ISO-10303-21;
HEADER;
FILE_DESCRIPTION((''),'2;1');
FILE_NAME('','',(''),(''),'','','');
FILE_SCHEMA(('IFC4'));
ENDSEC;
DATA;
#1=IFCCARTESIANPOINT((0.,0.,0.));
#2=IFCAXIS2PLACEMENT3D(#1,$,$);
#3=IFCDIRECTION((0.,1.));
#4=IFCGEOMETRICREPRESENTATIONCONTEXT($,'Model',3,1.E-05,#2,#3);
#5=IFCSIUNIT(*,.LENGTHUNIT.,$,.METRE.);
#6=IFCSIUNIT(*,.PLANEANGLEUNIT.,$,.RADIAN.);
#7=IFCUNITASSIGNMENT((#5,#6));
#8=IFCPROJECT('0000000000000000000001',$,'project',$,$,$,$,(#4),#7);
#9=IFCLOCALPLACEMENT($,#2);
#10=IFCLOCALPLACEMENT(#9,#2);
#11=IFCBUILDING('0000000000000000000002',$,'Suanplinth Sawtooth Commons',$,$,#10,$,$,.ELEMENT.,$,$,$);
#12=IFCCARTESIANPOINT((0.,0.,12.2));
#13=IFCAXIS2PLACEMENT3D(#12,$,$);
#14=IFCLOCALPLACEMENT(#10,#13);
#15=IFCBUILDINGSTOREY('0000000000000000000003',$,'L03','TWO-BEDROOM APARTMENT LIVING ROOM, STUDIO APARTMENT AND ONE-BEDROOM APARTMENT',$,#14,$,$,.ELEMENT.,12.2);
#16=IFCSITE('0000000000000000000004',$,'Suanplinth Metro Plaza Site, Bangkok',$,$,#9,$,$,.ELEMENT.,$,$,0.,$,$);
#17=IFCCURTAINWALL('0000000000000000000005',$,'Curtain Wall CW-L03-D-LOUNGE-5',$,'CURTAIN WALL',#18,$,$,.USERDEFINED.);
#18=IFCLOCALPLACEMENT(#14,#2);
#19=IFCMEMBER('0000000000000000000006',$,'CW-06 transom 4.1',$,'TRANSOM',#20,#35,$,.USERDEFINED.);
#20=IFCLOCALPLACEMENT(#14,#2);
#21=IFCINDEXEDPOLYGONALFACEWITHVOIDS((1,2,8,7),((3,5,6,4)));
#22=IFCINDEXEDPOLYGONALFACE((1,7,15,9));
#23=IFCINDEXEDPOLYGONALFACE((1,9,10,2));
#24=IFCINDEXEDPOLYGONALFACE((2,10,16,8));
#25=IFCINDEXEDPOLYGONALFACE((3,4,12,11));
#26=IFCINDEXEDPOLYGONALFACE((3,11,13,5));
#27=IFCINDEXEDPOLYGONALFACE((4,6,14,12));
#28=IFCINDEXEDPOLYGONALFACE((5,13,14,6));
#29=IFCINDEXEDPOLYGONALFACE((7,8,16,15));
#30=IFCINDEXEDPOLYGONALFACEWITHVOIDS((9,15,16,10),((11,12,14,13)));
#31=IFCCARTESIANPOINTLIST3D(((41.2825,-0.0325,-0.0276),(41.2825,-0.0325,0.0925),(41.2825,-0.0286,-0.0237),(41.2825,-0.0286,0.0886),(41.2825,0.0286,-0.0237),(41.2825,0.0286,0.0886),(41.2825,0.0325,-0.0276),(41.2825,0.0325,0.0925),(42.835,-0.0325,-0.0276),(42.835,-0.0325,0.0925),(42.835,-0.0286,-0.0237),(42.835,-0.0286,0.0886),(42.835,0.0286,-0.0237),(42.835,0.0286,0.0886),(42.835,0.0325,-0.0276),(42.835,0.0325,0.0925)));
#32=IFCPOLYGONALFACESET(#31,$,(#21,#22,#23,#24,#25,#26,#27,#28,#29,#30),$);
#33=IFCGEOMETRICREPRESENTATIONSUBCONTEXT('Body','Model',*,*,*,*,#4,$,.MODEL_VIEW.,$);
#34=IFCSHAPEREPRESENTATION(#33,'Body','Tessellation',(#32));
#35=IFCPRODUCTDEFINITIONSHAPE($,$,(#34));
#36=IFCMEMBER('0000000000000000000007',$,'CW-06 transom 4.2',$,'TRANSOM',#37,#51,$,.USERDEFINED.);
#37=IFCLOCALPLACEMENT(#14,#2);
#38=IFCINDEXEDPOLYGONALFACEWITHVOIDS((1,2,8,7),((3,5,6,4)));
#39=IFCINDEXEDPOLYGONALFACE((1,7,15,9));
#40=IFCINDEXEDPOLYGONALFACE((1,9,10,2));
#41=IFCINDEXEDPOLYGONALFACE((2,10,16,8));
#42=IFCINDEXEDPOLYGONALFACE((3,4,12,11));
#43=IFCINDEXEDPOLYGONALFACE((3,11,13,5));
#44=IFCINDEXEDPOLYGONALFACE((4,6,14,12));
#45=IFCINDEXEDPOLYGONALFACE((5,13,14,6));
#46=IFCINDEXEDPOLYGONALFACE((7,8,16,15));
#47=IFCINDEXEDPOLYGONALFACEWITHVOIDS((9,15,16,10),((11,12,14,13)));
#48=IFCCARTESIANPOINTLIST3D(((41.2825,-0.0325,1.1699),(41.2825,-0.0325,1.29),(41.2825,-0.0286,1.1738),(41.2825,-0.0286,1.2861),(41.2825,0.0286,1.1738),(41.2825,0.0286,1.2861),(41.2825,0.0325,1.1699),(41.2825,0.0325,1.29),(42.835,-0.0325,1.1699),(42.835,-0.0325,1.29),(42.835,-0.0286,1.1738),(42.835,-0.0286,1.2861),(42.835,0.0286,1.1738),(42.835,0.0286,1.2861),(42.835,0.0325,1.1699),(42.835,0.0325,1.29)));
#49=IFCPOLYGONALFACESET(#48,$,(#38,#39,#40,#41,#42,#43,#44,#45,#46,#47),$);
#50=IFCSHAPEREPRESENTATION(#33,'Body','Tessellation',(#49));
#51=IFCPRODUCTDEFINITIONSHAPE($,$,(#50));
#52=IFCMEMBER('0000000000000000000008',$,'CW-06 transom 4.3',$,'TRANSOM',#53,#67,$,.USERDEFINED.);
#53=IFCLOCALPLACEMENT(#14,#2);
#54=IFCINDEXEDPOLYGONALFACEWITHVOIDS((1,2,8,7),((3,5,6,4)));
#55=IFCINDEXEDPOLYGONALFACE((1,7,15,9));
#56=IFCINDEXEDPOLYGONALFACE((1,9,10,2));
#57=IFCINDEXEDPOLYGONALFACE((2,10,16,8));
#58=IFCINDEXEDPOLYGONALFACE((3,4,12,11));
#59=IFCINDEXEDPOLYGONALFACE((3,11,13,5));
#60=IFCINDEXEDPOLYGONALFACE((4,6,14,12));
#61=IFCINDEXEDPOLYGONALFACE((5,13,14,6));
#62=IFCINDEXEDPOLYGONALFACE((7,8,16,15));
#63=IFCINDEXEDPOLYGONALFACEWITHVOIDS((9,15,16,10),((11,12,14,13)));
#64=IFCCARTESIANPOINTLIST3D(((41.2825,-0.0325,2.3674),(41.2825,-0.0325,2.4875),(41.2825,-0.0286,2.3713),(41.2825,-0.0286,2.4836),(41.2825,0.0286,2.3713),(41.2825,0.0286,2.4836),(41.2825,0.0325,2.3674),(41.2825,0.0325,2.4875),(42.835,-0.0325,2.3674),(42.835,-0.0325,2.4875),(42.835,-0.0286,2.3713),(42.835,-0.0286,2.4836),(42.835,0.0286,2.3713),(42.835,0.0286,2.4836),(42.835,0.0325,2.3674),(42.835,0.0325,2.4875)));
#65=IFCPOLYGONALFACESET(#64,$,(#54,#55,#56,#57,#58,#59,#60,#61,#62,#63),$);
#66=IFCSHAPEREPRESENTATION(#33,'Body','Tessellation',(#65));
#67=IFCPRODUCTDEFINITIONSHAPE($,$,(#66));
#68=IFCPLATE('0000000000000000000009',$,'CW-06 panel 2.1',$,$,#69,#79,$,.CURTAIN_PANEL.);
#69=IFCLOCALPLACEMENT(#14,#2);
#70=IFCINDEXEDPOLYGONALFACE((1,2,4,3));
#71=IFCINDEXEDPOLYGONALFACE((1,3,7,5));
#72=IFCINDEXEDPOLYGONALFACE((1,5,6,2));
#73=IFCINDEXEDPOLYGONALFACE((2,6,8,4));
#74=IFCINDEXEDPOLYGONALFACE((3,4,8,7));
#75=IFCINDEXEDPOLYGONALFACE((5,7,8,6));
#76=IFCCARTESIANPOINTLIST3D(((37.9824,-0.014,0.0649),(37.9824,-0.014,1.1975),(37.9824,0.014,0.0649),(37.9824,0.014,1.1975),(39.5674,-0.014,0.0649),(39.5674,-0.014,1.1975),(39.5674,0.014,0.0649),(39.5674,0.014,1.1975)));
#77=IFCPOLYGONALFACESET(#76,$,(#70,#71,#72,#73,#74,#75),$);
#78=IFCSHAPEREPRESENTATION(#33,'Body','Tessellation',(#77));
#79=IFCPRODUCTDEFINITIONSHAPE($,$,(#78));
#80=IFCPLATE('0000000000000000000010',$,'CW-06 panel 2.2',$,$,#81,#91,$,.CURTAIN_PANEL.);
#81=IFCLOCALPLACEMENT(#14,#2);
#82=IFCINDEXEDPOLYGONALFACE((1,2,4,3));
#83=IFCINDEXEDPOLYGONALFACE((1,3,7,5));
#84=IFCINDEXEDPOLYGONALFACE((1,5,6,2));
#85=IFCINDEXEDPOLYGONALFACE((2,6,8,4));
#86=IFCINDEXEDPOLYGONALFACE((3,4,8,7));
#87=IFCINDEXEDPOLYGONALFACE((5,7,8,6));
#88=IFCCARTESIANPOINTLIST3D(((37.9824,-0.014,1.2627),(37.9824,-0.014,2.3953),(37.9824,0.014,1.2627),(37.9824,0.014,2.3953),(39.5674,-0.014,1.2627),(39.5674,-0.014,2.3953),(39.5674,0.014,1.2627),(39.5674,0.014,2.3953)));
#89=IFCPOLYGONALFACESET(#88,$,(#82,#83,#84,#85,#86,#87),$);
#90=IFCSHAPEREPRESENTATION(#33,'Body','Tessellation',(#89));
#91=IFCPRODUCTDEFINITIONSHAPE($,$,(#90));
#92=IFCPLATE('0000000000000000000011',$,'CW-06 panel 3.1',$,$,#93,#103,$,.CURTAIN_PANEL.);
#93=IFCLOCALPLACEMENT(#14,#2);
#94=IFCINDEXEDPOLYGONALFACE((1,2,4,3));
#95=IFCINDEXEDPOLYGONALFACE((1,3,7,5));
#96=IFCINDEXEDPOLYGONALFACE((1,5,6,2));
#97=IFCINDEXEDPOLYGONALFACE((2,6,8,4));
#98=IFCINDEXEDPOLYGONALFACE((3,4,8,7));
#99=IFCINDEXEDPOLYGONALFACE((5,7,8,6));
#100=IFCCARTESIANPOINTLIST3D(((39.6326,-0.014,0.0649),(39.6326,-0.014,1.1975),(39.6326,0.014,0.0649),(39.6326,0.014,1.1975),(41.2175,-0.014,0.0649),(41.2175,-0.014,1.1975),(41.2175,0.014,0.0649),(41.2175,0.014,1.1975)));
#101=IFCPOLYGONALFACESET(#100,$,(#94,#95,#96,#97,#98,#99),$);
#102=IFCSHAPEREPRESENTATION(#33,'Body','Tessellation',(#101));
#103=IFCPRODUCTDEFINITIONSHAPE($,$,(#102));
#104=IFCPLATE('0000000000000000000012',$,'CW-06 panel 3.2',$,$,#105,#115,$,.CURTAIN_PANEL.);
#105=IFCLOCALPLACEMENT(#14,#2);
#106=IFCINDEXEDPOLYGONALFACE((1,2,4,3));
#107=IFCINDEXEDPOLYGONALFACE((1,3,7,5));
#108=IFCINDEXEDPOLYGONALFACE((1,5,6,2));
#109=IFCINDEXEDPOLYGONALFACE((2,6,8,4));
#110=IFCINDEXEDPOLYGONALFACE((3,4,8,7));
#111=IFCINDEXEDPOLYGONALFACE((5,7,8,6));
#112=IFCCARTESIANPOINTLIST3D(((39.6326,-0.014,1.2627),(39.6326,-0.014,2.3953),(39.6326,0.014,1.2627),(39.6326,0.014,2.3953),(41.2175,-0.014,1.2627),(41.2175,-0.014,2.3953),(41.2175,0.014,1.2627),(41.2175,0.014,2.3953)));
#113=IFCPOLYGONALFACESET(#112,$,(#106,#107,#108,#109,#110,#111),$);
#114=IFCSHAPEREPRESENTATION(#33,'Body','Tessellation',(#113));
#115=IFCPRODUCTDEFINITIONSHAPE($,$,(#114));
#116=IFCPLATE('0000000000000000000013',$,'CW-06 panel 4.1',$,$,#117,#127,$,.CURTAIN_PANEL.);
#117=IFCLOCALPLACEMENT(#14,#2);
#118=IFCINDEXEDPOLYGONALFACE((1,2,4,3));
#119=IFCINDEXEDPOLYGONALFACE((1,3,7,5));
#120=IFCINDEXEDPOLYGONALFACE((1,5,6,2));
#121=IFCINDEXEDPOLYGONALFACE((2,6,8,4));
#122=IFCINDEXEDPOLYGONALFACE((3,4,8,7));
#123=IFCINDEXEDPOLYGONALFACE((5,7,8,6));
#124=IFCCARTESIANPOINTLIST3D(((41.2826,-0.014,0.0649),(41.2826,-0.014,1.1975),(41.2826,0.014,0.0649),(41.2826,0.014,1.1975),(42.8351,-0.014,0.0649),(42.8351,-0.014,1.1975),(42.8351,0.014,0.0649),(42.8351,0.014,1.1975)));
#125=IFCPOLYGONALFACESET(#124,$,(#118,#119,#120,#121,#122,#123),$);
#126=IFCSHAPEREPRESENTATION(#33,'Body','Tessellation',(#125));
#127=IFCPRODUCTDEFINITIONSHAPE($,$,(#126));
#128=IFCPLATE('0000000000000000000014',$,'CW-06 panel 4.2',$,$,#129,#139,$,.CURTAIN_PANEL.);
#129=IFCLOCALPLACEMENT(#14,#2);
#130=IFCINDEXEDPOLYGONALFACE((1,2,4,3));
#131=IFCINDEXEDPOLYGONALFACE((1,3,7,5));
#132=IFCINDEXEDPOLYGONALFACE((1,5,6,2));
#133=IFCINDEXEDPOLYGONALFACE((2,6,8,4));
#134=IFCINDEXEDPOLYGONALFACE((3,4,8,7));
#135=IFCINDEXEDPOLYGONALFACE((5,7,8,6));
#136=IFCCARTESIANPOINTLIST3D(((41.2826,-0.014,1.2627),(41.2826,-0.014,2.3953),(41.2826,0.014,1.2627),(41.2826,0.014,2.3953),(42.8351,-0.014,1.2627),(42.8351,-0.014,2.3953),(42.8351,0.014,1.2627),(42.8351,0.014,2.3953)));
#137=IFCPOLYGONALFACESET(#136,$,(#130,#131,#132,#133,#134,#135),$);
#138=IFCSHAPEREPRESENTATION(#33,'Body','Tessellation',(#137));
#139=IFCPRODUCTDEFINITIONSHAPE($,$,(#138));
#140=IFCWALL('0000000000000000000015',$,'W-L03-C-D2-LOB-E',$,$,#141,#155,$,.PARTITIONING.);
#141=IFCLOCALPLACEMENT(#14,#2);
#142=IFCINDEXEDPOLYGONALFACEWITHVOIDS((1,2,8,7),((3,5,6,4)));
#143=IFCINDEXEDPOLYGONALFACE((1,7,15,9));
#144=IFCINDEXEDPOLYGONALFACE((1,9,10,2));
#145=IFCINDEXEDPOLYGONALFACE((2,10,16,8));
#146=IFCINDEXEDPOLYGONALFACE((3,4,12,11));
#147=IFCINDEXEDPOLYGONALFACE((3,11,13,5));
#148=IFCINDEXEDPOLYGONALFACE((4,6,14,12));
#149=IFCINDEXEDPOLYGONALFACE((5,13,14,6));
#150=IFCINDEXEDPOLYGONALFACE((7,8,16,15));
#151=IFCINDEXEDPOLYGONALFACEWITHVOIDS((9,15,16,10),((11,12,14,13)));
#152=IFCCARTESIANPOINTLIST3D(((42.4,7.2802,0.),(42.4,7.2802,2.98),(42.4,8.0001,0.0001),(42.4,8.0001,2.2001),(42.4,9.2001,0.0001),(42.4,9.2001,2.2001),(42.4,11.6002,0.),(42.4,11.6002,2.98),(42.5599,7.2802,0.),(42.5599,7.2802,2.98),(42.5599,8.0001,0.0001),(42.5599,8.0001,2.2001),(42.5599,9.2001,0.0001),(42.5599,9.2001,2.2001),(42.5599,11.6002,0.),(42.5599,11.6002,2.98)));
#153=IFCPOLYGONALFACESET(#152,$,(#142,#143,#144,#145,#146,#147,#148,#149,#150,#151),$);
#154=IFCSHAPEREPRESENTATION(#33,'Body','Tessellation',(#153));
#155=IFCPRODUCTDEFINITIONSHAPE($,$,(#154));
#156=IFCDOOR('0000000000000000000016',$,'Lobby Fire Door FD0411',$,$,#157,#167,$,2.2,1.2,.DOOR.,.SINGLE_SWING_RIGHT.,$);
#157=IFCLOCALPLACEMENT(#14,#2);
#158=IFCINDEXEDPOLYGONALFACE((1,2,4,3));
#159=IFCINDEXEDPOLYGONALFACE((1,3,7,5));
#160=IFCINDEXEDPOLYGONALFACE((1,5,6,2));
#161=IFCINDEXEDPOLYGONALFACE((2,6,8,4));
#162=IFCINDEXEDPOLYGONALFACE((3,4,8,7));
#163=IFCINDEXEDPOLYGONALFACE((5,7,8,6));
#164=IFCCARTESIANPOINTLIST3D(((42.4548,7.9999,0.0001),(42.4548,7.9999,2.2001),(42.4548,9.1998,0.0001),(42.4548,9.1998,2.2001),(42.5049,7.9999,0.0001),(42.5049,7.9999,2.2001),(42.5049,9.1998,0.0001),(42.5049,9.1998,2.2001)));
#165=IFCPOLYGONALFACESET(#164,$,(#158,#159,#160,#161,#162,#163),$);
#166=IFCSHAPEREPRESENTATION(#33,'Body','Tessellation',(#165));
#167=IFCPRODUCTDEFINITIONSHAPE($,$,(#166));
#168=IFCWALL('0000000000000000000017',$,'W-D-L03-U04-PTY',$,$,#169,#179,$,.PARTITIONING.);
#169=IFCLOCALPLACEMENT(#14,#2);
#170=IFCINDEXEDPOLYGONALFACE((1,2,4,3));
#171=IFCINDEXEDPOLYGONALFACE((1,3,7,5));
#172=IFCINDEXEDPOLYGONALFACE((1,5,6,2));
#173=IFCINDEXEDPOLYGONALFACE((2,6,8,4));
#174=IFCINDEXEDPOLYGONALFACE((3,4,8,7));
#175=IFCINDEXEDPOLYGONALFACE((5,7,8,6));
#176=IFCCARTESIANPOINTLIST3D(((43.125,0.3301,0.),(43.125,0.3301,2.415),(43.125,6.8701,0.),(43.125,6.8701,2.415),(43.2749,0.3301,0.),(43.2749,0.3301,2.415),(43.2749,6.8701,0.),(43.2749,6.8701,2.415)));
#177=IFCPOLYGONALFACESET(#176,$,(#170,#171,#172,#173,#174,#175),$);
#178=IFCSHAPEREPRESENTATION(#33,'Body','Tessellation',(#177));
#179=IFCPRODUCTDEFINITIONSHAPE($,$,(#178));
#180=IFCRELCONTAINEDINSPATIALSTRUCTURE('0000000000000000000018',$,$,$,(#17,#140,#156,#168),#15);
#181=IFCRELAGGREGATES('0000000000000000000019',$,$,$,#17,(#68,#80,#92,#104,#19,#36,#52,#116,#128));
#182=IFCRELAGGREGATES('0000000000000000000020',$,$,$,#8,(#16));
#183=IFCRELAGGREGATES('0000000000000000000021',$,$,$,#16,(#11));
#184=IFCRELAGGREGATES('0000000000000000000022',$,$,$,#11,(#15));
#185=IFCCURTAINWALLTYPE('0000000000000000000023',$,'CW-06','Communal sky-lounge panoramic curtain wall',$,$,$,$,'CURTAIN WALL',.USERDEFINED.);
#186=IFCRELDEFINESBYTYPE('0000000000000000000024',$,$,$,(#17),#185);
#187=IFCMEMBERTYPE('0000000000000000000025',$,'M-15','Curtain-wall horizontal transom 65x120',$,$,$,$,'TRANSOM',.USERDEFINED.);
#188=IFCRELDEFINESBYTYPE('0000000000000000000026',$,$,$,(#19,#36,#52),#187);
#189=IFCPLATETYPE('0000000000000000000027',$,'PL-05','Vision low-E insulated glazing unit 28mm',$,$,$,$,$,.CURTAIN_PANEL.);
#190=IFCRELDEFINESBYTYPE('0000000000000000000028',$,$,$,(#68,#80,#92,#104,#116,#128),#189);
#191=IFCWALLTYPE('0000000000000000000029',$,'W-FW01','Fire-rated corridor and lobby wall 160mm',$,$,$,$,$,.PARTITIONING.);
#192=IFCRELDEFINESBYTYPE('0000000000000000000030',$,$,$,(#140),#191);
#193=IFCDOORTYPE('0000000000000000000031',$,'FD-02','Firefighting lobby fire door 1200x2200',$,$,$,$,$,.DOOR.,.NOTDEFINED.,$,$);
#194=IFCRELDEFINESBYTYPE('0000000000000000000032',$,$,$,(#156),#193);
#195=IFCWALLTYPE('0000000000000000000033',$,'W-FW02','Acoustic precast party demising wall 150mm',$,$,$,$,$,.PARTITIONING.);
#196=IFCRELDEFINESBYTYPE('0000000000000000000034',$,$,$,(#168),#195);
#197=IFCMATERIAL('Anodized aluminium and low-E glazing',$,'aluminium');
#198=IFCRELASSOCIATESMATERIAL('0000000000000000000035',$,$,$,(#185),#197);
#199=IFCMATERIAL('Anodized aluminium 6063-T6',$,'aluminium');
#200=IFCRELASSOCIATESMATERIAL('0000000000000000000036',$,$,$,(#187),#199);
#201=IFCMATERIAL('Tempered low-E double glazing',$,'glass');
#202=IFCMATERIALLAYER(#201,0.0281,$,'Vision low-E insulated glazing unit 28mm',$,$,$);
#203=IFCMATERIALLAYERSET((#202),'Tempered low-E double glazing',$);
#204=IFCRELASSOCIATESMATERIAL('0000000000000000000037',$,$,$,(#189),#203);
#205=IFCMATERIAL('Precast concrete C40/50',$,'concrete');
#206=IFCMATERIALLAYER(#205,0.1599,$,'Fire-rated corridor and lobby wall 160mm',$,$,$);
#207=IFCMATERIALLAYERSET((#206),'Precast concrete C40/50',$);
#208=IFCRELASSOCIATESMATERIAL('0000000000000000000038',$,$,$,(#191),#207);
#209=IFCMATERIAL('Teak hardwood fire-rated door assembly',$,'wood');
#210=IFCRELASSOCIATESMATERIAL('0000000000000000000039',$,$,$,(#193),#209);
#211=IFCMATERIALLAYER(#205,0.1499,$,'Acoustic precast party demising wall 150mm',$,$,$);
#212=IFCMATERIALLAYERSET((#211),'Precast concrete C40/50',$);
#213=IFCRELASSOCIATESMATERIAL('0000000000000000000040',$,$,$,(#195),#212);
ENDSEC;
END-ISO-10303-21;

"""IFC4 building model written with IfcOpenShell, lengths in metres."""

from ifc_helpers import new_model, si_unit, direction, frame, frame_2d, origin, origin_2d, place, context, subcontext, project, spatial, rectangle, hollow_rectangle, extrude, material, layer, layer_set, material_profile, profile_set, type_object, element, fill, aggregate, save


model = new_model("IFC4")

# Units and contexts
model_context = context("Model", 3, precision=1e-05, world=origin(), true_north=direction((0.0, 1.0)))
body_context = subcontext(model_context, "Body", "Model", "MODEL_VIEW")
ifc_project = project(units=[si_unit("LENGTHUNIT", "METRE"), si_unit("PLANEANGLEUNIT", "RADIAN")], contexts=[model_context])

# Site, building, storey
site_placement = place(None, origin())
site = spatial("IfcSite", under=ifc_project, at=site_placement, Name="Suanplinth Metro Plaza Site, Bangkok", CompositionType="ELEMENT", RefElevation=0.0)
building_placement = place(site_placement, origin())
building = spatial("IfcBuilding", under=site, at=building_placement, Name="Suanplinth Sawtooth Commons", CompositionType="ELEMENT")
storey_placement = place(building_placement, frame((0.0, 0.0, 12.2)))
storey = spatial("IfcBuildingStorey", under=building, at=storey_placement, Name="L03", Description="TWO-BEDROOM APARTMENT LIVING ROOM, STUDIO APARTMENT AND ONE-BEDROOM APARTMENT", CompositionType="ELEMENT", Elevation=12.2)

# Shared definitions
ifc_material_1 = material(Name="Precast concrete C40/50", Category="concrete")

# Curtain wall, members, plates
ifc_material_2 = material(Name="Anodized aluminium and low-E glazing", Category="aluminium")
curtain_wall_type = type_object("IfcCurtainWallType", Name="CW-06", Description="Communal sky-lounge panoramic curtain wall", ElementType="CURTAIN WALL", PredefinedType="USERDEFINED", material=ifc_material_2)
curtain_wall_placement = place(storey_placement, origin())
curtain_wall = element("IfcCurtainWall", 1, at=curtain_wall_placement, inside=storey, type_object=curtain_wall_type, Name="Curtain Wall CW-L03-D-LOUNGE-5", ObjectType="CURTAIN WALL", PredefinedType="USERDEFINED")
ifc_material_3 = material(Name="Anodized aluminium 6063-T6", Category="aluminium")
ifc_material_profile_1 = material_profile(ifc_material_3, hollow_rectangle(XDim=0.0649, YDim=0.1201, WallThickness=0.0039, at=origin_2d()), Name="ALU-TRN 65x120")
ifc_profile_set_1 = profile_set([ifc_material_profile_1], Name="Anodized aluminium 6063-T6")
member_type_1 = type_object("IfcMemberType", Name="M-15", Description="Curtain-wall horizontal transom 65x120", ElementType="TRANSOM", PredefinedType="USERDEFINED", material=ifc_profile_set_1)
member_1_placement = place(storey_placement, frame((41.2825, 0.0, 0.0325), z_axis=(1.0, 0.0, 0.0), x_axis=(0.0, 1.0, 0.0)))
member_1 = element("IfcMember", 2, at=member_1_placement, type_object=member_type_1, Name="CW-06 transom 4.1", ObjectType="TRANSOM", PredefinedType="USERDEFINED", context=body_context, shape_type="SweptSolid", body=[
    extrude(hollow_rectangle(XDim=0.0649, YDim=0.1201, WallThickness=0.0039, at=origin_2d()), origin(), (0.0, 0.0, 1.0), 1.5525),
])
member_2_placement = place(storey_placement, frame((41.2825, 0.0, 1.23), z_axis=(1.0, 0.0, 0.0), x_axis=(0.0, 1.0, 0.0)))
member_2 = element("IfcMember", 3, at=member_2_placement, type_object=member_type_1, Name="CW-06 transom 4.2", ObjectType="TRANSOM", PredefinedType="USERDEFINED", context=body_context, shape_type="SweptSolid", body=[
    extrude(hollow_rectangle(XDim=0.0649, YDim=0.1201, WallThickness=0.0039, at=origin_2d()), origin(), (0.0, 0.0, 1.0), 1.5525),
])
member_3_placement = place(storey_placement, frame((41.2825, 0.0, 2.4275), z_axis=(1.0, 0.0, 0.0), x_axis=(0.0, 1.0, 0.0)))
member_3 = element("IfcMember", 4, at=member_3_placement, type_object=member_type_1, Name="CW-06 transom 4.3", ObjectType="TRANSOM", PredefinedType="USERDEFINED", context=body_context, shape_type="SweptSolid", body=[
    extrude(hollow_rectangle(XDim=0.0649, YDim=0.1201, WallThickness=0.0039, at=origin_2d()), origin(), (0.0, 0.0, 1.0), 1.5525),
])
ifc_material_4 = material(Name="Tempered low-E double glazing", Category="glass")
ifc_layer_1 = layer(ifc_material_4, 0.0281, Name="Vision low-E insulated glazing unit 28mm")
ifc_layer_set_1 = layer_set([ifc_layer_1], Name="Tempered low-E double glazing")
plate_type = type_object("IfcPlateType", Name="PL-05", Description="Vision low-E insulated glazing unit 28mm", PredefinedType="CURTAIN_PANEL", material=ifc_layer_set_1)
plate_1_placement = place(storey_placement, frame((38.7749, 0.0, 0.0649), z_axis=(0.0, 0.0, 1.0), x_axis=(1.0, 0.0, 0.0)))
plate_1 = element("IfcPlate", 5, at=plate_1_placement, type_object=plate_type, Name="CW-06 panel 2.1", PredefinedType="CURTAIN_PANEL", context=body_context, shape_type="SweptSolid", body=[
    extrude(rectangle(XDim=1.585, YDim=0.0281, at=origin_2d()), origin(), (0.0, 0.0, 1.0), 1.1326),
])
plate_2_placement = place(storey_placement, frame((38.7749, 0.0, 1.2627), z_axis=(0.0, 0.0, 1.0), x_axis=(1.0, 0.0, 0.0)))
plate_2 = element("IfcPlate", 6, at=plate_2_placement, type_object=plate_type, Name="CW-06 panel 2.2", PredefinedType="CURTAIN_PANEL", context=body_context, shape_type="SweptSolid", body=[
    extrude(rectangle(XDim=1.585, YDim=0.0281, at=origin_2d()), origin(), (0.0, 0.0, 1.0), 1.1326),
])
plate_3_placement = place(storey_placement, frame((40.425, 0.0, 0.0649), z_axis=(0.0, 0.0, 1.0), x_axis=(1.0, 0.0, 0.0)))
plate_3 = element("IfcPlate", 7, at=plate_3_placement, type_object=plate_type, Name="CW-06 panel 3.1", PredefinedType="CURTAIN_PANEL", context=body_context, shape_type="SweptSolid", body=[
    extrude(rectangle(XDim=1.585, YDim=0.0281, at=origin_2d()), origin(), (0.0, 0.0, 1.0), 1.1326),
])
plate_4_placement = place(storey_placement, frame((40.425, 0.0, 1.2627), z_axis=(0.0, 0.0, 1.0), x_axis=(1.0, 0.0, 0.0)))
plate_4 = element("IfcPlate", 8, at=plate_4_placement, type_object=plate_type, Name="CW-06 panel 3.2", PredefinedType="CURTAIN_PANEL", context=body_context, shape_type="SweptSolid", body=[
    extrude(rectangle(XDim=1.585, YDim=0.0281, at=origin_2d()), origin(), (0.0, 0.0, 1.0), 1.1326),
])
plate_5_placement = place(storey_placement, frame((42.0588, 0.0, 0.0649), z_axis=(0.0, 0.0, 1.0), x_axis=(1.0, 0.0, 0.0)))
plate_5 = element("IfcPlate", 9, at=plate_5_placement, type_object=plate_type, Name="CW-06 panel 4.1", PredefinedType="CURTAIN_PANEL", context=body_context, shape_type="SweptSolid", body=[
    extrude(rectangle(XDim=1.5525, YDim=0.0281, at=origin_2d()), origin(), (0.0, 0.0, 1.0), 1.1326),
])
plate_6_placement = place(storey_placement, frame((42.0588, 0.0, 1.2627), z_axis=(0.0, 0.0, 1.0), x_axis=(1.0, 0.0, 0.0)))
plate_6 = element("IfcPlate", 10, at=plate_6_placement, type_object=plate_type, Name="CW-06 panel 4.2", PredefinedType="CURTAIN_PANEL", context=body_context, shape_type="SweptSolid", body=[
    extrude(rectangle(XDim=1.5525, YDim=0.0281, at=origin_2d()), origin(), (0.0, 0.0, 1.0), 1.1326),
])
aggregate(curtain_wall, [plate_1, plate_2, plate_3, plate_4, member_1, member_2, member_3, plate_5, plate_6])

# Wall, opening, door
ifc_layer_2 = layer(ifc_material_1, 0.1599, Name="Fire-rated corridor and lobby wall 160mm")
ifc_layer_set_2 = layer_set([ifc_layer_2], Name="Precast concrete C40/50")
wall_type_1 = type_object("IfcWallType", Name="W-FW01", Description="Fire-rated corridor and lobby wall 160mm", PredefinedType="PARTITIONING", material=ifc_layer_set_2)
wall_1_placement = place(storey_placement, frame((42.48, 7.28, 0.0), z_axis=(0.0, 0.0, 1.0), x_axis=(0.0, 1.0, 0.0)))
wall_1 = element("IfcWall", 11, at=wall_1_placement, inside=storey, type_object=wall_type_1, Name="W-L03-C-D2-LOB-E", PredefinedType="PARTITIONING", context=body_context, shape_type="SweptSolid", body=[
    extrude(rectangle(XDim=4.3201, YDim=0.1599, at=frame_2d((2.1602, 0.0))), origin(), (0.0, 0.0, 1.0), 2.98),
])
opening_1_placement = place(wall_1_placement, frame((0.72, 0.0, 0.0)))
opening_1 = element("IfcOpeningElement", 12, at=opening_1_placement, cuts=wall_1, PredefinedType="OPENING", context=body_context, shape_type="SweptSolid", body=[
    extrude(rectangle(XDim=1.2, YDim=2.2, at=frame_2d((0.6001, 1.1001))), frame((0.0, 0.0947, 0.0), z_axis=(0.0, -1.0, 0.0), x_axis=(1.0, 0.0, 0.0)), (0.0, 0.0, 1.0), 0.1897),
])
ifc_material_5 = material(Name="Teak hardwood fire-rated door assembly", Category="wood")
door_type_1 = type_object("IfcDoorType", Name="FD-02", Description="Firefighting lobby fire door 1200x2200", OperationType="NOTDEFINED", PredefinedType="DOOR", material=ifc_material_5)
door_1_placement = place(opening_1_placement, frame((1.2, 0.0, 0.0), z_axis=(0.0, 0.0, 1.0), x_axis=(-1.0, 0.0, 0.0)))
door_1 = element("IfcDoor", 13, at=door_1_placement, inside=storey, type_object=door_type_1, Name="Lobby Fire Door FD0411", OperationType="SINGLE_SWING_RIGHT", OverallHeight=2.2, OverallWidth=1.2, PredefinedType="DOOR", context=body_context, shape_type="SweptSolid", body=[
    extrude(rectangle(XDim=1.2, YDim=2.2, at=frame_2d((0.6001, 1.1001))), frame((0.0, 0.0249, 0.0), z_axis=(0.0, -1.0, 0.0), x_axis=(1.0, 0.0, 0.0)), (0.0, 0.0, 1.0), 0.05),
])
fill(opening_1, door_1)

# Wall
ifc_layer_3 = layer(ifc_material_1, 0.1499, Name="Acoustic precast party demising wall 150mm")
ifc_layer_set_3 = layer_set([ifc_layer_3], Name="Precast concrete C40/50")
wall_type_2 = type_object("IfcWallType", Name="W-FW02", Description="Acoustic precast party demising wall 150mm", PredefinedType="PARTITIONING", material=ifc_layer_set_3)
wall_2_placement = place(storey_placement, frame((43.2, 0.3301, 0.0), z_axis=(0.0, 0.0, 1.0), x_axis=(0.0, 1.0, 0.0)))
element("IfcWall", 14, at=wall_2_placement, inside=storey, type_object=wall_type_2, Name="W-D-L03-U04-PTY", PredefinedType="PARTITIONING", context=body_context, shape_type="SweptSolid", body=[
    extrude(rectangle(XDim=6.54, YDim=0.1499, at=frame_2d((3.27, 0.0))), origin(), (0.0, 0.0, 1.0), 2.415),
])

save(model, "model.ifc")
